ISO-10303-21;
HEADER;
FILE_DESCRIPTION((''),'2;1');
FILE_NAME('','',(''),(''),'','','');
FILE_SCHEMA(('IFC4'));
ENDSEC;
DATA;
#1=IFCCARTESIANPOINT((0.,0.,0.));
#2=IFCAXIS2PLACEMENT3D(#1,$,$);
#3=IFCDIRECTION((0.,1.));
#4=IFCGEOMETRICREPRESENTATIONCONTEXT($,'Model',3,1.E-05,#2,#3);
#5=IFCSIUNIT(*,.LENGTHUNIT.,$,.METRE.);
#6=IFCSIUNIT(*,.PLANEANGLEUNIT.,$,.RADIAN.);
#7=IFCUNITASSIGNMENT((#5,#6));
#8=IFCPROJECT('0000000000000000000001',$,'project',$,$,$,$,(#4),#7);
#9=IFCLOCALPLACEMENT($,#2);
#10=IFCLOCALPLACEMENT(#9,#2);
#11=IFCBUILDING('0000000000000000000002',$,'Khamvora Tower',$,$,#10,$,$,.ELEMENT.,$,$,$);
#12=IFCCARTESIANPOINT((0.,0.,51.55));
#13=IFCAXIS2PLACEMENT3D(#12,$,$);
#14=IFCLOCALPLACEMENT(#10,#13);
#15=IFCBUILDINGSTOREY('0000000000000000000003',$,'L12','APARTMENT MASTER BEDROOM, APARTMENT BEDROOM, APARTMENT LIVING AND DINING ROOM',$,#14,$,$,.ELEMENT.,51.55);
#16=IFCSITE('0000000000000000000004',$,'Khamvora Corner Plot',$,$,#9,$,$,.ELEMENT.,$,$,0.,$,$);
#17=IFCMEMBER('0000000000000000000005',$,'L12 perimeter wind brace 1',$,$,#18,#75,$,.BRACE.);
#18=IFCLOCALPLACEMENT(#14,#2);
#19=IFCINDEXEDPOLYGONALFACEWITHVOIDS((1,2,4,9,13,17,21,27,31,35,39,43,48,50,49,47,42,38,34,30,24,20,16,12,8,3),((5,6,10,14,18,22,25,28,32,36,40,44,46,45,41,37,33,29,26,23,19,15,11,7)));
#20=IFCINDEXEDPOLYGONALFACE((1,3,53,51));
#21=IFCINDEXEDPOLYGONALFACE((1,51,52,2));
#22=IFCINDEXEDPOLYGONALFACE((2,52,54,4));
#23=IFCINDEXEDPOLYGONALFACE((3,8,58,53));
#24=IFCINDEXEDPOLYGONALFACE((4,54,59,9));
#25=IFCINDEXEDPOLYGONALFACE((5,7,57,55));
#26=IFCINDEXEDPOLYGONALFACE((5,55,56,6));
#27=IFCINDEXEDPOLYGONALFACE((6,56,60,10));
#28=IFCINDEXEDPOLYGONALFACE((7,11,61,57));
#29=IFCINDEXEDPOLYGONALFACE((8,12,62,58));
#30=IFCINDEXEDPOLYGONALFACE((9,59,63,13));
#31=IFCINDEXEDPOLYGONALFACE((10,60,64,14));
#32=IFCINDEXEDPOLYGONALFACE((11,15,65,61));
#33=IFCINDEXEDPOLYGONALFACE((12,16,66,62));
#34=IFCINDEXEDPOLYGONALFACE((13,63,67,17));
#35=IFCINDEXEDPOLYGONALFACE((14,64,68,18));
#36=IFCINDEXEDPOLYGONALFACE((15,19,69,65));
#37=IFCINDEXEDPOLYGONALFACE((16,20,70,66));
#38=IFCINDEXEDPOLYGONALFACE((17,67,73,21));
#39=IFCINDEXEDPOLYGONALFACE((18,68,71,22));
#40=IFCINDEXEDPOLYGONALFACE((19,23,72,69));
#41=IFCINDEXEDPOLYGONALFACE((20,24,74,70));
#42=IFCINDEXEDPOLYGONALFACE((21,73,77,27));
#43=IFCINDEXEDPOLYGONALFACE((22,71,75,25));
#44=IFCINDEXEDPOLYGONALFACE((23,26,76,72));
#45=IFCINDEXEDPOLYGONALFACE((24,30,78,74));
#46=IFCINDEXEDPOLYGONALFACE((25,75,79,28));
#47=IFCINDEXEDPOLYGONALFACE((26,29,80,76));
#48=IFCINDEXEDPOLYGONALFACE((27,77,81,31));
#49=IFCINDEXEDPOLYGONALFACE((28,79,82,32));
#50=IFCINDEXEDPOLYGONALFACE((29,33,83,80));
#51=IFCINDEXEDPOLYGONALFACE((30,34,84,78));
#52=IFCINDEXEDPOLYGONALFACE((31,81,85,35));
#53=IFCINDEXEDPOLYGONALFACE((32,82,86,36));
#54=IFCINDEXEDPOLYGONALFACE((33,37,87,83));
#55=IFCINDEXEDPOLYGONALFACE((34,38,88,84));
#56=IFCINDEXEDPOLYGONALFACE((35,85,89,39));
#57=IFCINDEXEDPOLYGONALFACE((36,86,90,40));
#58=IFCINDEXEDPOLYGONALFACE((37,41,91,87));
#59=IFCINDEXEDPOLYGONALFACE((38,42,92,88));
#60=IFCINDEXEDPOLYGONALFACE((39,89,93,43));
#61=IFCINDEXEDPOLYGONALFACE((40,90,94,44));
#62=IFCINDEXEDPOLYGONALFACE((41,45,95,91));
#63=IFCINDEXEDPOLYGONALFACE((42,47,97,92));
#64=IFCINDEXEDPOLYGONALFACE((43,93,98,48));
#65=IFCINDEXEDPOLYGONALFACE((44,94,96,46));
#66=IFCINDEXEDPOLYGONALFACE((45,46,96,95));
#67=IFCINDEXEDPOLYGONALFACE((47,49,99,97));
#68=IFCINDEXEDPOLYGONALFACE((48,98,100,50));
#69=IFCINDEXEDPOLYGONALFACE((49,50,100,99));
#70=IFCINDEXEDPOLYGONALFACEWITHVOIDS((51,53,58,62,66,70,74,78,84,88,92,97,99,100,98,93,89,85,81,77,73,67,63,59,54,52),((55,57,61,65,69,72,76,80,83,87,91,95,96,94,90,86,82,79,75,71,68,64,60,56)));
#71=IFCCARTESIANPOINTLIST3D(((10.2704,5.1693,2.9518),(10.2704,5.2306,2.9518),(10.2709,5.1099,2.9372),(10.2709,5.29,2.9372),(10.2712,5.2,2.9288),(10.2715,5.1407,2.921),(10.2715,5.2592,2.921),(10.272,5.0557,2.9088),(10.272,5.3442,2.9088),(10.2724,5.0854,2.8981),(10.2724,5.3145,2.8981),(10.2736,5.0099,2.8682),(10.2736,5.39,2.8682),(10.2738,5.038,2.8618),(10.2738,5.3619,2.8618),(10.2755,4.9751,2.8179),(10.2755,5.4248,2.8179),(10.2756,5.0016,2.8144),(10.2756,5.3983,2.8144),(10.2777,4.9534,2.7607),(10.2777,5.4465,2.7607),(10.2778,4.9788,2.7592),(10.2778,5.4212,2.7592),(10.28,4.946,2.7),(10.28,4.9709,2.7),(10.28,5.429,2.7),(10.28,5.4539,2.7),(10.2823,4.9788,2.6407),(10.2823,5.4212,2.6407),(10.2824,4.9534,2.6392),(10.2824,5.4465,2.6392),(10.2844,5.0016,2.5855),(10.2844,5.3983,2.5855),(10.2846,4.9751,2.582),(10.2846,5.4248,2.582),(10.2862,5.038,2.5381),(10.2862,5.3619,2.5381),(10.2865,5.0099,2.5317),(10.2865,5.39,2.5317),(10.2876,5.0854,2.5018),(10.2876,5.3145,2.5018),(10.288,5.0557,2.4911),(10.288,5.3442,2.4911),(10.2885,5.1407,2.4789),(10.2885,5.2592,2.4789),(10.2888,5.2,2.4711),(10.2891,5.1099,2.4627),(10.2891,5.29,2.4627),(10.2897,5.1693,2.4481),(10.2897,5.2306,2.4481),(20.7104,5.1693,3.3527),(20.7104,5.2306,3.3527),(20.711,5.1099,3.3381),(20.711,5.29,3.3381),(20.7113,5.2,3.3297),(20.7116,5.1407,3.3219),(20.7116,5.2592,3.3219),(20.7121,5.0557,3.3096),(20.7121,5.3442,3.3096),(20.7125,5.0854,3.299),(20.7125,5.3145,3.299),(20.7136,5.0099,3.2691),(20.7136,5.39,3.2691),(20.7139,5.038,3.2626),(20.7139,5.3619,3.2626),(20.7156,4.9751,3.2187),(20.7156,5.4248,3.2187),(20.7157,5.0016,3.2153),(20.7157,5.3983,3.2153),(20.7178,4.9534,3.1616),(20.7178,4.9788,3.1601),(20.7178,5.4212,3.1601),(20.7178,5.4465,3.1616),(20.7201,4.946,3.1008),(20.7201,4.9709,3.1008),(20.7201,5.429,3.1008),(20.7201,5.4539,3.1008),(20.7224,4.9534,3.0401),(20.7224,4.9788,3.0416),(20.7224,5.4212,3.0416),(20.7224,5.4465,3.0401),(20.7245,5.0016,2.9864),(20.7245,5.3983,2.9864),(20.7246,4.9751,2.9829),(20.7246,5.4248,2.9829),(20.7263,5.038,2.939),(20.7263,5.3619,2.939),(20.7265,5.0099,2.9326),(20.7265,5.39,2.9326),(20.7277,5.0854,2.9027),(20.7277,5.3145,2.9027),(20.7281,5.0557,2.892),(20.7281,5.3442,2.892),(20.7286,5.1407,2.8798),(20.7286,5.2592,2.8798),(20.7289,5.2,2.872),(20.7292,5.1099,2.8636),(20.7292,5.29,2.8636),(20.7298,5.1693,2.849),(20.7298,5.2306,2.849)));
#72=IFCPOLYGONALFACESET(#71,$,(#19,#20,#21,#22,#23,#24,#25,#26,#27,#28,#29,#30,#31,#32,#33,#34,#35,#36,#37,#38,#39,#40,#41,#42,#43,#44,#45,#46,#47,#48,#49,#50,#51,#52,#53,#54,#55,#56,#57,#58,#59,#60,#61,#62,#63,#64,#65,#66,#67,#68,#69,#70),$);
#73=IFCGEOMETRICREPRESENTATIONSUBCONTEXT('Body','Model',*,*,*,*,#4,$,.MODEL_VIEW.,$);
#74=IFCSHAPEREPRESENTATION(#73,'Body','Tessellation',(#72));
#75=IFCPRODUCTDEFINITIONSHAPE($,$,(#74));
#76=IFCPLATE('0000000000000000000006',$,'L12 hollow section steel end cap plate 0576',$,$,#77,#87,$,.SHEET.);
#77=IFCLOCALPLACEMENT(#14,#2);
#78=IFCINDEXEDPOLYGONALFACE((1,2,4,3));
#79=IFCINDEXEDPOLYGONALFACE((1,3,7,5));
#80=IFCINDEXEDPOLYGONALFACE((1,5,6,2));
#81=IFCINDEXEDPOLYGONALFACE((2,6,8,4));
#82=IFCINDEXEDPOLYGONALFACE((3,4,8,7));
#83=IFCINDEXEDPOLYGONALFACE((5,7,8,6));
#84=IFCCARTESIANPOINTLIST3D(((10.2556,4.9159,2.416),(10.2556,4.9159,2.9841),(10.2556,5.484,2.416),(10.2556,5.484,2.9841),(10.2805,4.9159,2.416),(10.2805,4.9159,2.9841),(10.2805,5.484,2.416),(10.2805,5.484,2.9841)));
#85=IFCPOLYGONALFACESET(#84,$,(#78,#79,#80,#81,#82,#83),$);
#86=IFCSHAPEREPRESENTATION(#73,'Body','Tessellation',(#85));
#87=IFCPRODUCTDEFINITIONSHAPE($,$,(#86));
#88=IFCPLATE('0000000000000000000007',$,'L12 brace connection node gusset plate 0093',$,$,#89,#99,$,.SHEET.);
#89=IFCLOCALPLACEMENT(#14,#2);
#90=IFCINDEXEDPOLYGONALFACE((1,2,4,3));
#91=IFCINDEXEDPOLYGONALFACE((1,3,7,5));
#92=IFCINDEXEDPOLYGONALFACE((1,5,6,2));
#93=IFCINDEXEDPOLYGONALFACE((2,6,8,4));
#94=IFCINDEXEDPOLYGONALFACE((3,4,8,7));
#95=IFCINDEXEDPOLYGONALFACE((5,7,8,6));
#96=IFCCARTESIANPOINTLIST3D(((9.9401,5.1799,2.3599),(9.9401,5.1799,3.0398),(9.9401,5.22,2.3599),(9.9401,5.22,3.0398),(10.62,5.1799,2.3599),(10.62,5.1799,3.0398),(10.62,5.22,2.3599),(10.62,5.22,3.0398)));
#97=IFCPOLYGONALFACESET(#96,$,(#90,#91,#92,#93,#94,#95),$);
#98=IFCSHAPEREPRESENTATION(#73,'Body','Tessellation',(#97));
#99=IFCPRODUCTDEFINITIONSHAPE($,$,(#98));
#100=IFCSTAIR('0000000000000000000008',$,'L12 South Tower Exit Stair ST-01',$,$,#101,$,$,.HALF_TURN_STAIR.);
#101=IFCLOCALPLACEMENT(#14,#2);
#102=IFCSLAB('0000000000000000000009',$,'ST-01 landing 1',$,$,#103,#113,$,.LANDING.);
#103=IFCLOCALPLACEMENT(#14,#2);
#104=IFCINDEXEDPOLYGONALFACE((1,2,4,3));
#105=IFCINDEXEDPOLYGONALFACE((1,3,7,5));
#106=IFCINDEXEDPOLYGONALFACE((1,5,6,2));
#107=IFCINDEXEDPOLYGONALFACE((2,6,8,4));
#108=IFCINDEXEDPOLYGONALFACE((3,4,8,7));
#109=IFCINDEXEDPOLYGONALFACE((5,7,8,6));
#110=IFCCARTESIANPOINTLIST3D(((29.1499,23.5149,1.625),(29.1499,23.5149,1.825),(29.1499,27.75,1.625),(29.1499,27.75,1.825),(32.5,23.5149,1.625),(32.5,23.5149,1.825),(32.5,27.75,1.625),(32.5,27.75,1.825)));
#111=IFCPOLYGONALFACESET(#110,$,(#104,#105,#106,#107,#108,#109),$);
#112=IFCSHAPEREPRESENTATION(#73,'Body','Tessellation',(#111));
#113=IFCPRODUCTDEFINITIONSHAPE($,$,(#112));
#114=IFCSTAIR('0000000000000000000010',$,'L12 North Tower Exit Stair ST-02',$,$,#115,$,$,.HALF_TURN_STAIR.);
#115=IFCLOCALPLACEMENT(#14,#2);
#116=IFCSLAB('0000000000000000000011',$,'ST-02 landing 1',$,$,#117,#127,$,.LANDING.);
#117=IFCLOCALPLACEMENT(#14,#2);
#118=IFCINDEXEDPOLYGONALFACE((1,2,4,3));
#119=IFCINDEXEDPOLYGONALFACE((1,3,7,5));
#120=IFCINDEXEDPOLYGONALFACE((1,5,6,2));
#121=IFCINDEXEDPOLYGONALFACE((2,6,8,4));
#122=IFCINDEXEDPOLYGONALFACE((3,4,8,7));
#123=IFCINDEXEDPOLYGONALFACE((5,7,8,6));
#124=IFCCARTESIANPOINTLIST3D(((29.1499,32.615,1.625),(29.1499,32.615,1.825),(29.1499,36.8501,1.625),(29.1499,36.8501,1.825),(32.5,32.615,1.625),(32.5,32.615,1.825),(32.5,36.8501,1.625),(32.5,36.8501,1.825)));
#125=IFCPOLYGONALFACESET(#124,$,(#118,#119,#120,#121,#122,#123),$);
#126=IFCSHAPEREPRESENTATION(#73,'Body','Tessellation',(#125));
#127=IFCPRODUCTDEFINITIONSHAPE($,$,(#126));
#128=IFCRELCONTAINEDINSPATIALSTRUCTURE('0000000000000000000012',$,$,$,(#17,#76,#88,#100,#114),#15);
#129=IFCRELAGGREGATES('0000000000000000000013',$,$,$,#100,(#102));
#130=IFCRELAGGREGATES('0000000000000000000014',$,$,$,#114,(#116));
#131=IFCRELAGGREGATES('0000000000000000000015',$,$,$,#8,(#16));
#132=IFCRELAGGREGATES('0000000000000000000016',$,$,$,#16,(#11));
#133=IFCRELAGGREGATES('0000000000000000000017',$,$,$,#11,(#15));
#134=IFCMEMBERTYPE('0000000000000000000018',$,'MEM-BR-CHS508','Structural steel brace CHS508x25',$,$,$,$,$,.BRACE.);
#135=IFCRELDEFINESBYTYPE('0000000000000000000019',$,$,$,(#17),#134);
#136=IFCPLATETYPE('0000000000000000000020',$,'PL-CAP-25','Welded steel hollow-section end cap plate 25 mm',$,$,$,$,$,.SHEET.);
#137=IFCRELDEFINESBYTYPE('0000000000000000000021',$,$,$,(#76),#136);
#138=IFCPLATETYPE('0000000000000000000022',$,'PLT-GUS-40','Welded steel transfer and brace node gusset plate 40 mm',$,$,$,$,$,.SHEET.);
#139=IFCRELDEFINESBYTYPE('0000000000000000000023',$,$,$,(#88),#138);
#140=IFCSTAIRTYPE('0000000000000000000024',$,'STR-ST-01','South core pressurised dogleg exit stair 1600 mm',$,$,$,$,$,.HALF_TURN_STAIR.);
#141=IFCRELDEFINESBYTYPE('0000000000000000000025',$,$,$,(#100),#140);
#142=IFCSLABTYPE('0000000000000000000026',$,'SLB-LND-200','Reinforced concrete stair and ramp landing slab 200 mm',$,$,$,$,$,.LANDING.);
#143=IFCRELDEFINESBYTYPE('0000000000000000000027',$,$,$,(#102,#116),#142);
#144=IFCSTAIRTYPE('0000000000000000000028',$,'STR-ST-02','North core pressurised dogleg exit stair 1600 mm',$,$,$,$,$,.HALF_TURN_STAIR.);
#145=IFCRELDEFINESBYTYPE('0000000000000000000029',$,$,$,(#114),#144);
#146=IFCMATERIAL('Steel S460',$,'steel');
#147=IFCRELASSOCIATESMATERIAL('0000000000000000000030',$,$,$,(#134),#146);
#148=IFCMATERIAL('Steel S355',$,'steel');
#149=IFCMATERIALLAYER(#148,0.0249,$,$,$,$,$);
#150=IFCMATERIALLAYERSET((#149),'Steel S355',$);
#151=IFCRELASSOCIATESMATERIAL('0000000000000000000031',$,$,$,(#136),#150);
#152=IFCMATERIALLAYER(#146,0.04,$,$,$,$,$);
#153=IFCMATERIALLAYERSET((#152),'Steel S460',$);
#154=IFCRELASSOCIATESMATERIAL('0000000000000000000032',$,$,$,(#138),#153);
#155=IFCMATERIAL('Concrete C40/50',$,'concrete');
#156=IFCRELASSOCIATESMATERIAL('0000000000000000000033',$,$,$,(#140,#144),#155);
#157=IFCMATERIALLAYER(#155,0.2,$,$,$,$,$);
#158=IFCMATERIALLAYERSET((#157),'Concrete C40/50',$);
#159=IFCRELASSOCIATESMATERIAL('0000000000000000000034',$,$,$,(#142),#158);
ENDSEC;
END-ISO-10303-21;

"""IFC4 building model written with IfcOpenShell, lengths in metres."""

from ifc_helpers import new_model, si_unit, direction, frame, origin, origin_2d, place, context, subcontext, project, spatial, polyline, rectangle, hollow_circle, outline, extrude, material, layer, layer_set, material_profile, profile_set, type_object, element, aggregate, save


model = new_model("IFC4")

# Units and contexts
model_context = context("Model", 3, precision=1e-05, world=origin(), true_north=direction((0.0, 1.0)))
body_context = subcontext(model_context, "Body", "Model", "MODEL_VIEW")
ifc_project = project(units=[si_unit("LENGTHUNIT", "METRE"), si_unit("PLANEANGLEUNIT", "RADIAN")], contexts=[model_context])

# Site, building, storey
site_placement = place(None, origin())
site = spatial("IfcSite", under=ifc_project, at=site_placement, Name="Khamvora Corner Plot", CompositionType="ELEMENT", RefElevation=0.0)
building_placement = place(site_placement, origin())
building = spatial("IfcBuilding", under=site, at=building_placement, Name="Khamvora Tower", CompositionType="ELEMENT")
storey_placement = place(building_placement, frame((0.0, 0.0, 51.55)))
storey = spatial("IfcBuildingStorey", under=building, at=storey_placement, Name="L12", Description="APARTMENT MASTER BEDROOM, APARTMENT BEDROOM, APARTMENT LIVING AND DINING ROOM", CompositionType="ELEMENT", Elevation=51.55)

# Shared definitions
ifc_material_1 = material(Name="Steel S460", Category="steel")

# Shared definitions
ifc_material_2 = material(Name="Steel S355", Category="steel")

# Member
ifc_material_profile_1 = material_profile(ifc_material_1, hollow_circle(Radius=0.2539, WallThickness=0.0249, at=origin_2d()), Name="CHS508x25")
ifc_profile_set_1 = profile_set([ifc_material_profile_1], Name="Steel S460")
member_type = type_object("IfcMemberType", Name="MEM-BR-CHS508", Description="Structural steel brace CHS508x25", PredefinedType="BRACE", material=ifc_profile_set_1)
member_placement = place(storey_placement, frame((10.28, 5.2, 2.7), z_axis=(0.999264, 0.0, 0.03837), x_axis=(0.0, 1.0, 0.0)))
element("IfcMember", 1, at=member_placement, inside=storey, type_object=member_type, Name="L12 perimeter wind brace 1", PredefinedType="BRACE", context=body_context, shape_type="SweptSolid", body=[
    extrude(hollow_circle(Radius=0.2539, WallThickness=0.0249, at=origin_2d()), origin(), (0.0, 0.0, 1.0), 10.4478),
])

# Plates
ifc_layer_1 = layer(ifc_material_2, 0.0249)
ifc_layer_set_1 = layer_set([ifc_layer_1], Name="Steel S355")
plate_type_1 = type_object("IfcPlateType", Name="PL-CAP-25", Description="Welded steel hollow-section end cap plate 25 mm", PredefinedType="SHEET", material=ifc_layer_set_1)
plate_1_placement = place(storey_placement, frame((10.2681, 5.2, 2.416), z_axis=(0.0, 0.0, 1.0), x_axis=(1.0, 0.0, 0.0)))
element("IfcPlate", 2, at=plate_1_placement, inside=storey, type_object=plate_type_1, Name="L12 hollow section steel end cap plate 0576", PredefinedType="SHEET", context=body_context, shape_type="SweptSolid", body=[
    extrude(rectangle(XDim=0.0249, YDim=0.5681, at=origin_2d()), origin(), (0.0, 0.0, 1.0), 0.5681),
])
ifc_layer_2 = layer(ifc_material_1, 0.04)
ifc_layer_set_2 = layer_set([ifc_layer_2], Name="Steel S460")
plate_type_2 = type_object("IfcPlateType", Name="PLT-GUS-40", Description="Welded steel transfer and brace node gusset plate 40 mm", PredefinedType="SHEET", material=ifc_layer_set_2)
plate_2_placement = place(storey_placement, frame((10.28, 5.2, 2.3599), z_axis=(0.0, 0.0, 1.0), x_axis=(1.0, 0.0, 0.0)))
element("IfcPlate", 3, at=plate_2_placement, inside=storey, type_object=plate_type_2, Name="L12 brace connection node gusset plate 0093", PredefinedType="SHEET", context=body_context, shape_type="SweptSolid", body=[
    extrude(rectangle(XDim=0.6799, YDim=0.04, at=origin_2d()), origin(), (0.0, 0.0, 1.0), 0.6799),
])

# Stairs, slabs
ifc_material_3 = material(Name="Concrete C40/50", Category="concrete")
stair_type_1 = type_object("IfcStairType", Name="STR-ST-01", Description="South core pressurised dogleg exit stair 1600 mm", PredefinedType="HALF_TURN_STAIR", material=ifc_material_3)
stair_1_placement = place(storey_placement, origin())
stair_1 = element("IfcStair", 4, at=stair_1_placement, inside=storey, type_object=stair_type_1, Name="L12 South Tower Exit Stair ST-01", PredefinedType="HALF_TURN_STAIR")
ifc_layer_3 = layer(ifc_material_3, 0.2)
ifc_layer_set_3 = layer_set([ifc_layer_3], Name="Concrete C40/50")
slab_type_1 = type_object("IfcSlabType", Name="SLB-LND-200", Description="Reinforced concrete stair and ramp landing slab 200 mm", PredefinedType="LANDING", material=ifc_layer_set_3)
slab_1_placement = place(storey_placement, frame((0.0, 0.0, 1.625)))
slab_1 = element("IfcSlab", 5, at=slab_1_placement, type_object=slab_type_1, Name="ST-01 landing 1", PredefinedType="LANDING", context=body_context, shape_type="SweptSolid", body=[
    extrude(outline(polyline([(32.5, 23.5149), (32.5, 27.75), (29.1499, 27.75), (29.1499, 23.5149), (32.5, 23.5149)])), origin(), (0.0, 0.0, 1.0), 0.2),
])
aggregate(stair_1, [slab_1])
stair_type_2 = type_object("IfcStairType", Name="STR-ST-02", Description="North core pressurised dogleg exit stair 1600 mm", PredefinedType="HALF_TURN_STAIR", material=ifc_material_3)
stair_2_placement = place(storey_placement, origin())
stair_2 = element("IfcStair", 6, at=stair_2_placement, inside=storey, type_object=stair_type_2, Name="L12 North Tower Exit Stair ST-02", PredefinedType="HALF_TURN_STAIR")
slab_2_placement = place(storey_placement, frame((0.0, 0.0, 1.625)))
slab_2 = element("IfcSlab", 7, at=slab_2_placement, type_object=slab_type_1, Name="ST-02 landing 1", PredefinedType="LANDING", context=body_context, shape_type="SweptSolid", body=[
    extrude(outline(polyline([(32.5, 32.615), (32.5, 36.8501), (29.1499, 36.8501), (29.1499, 32.615), (32.5, 32.615)])), origin(), (0.0, 0.0, 1.0), 0.2),
])
aggregate(stair_2, [slab_2])

save(model, "model.ifc")
